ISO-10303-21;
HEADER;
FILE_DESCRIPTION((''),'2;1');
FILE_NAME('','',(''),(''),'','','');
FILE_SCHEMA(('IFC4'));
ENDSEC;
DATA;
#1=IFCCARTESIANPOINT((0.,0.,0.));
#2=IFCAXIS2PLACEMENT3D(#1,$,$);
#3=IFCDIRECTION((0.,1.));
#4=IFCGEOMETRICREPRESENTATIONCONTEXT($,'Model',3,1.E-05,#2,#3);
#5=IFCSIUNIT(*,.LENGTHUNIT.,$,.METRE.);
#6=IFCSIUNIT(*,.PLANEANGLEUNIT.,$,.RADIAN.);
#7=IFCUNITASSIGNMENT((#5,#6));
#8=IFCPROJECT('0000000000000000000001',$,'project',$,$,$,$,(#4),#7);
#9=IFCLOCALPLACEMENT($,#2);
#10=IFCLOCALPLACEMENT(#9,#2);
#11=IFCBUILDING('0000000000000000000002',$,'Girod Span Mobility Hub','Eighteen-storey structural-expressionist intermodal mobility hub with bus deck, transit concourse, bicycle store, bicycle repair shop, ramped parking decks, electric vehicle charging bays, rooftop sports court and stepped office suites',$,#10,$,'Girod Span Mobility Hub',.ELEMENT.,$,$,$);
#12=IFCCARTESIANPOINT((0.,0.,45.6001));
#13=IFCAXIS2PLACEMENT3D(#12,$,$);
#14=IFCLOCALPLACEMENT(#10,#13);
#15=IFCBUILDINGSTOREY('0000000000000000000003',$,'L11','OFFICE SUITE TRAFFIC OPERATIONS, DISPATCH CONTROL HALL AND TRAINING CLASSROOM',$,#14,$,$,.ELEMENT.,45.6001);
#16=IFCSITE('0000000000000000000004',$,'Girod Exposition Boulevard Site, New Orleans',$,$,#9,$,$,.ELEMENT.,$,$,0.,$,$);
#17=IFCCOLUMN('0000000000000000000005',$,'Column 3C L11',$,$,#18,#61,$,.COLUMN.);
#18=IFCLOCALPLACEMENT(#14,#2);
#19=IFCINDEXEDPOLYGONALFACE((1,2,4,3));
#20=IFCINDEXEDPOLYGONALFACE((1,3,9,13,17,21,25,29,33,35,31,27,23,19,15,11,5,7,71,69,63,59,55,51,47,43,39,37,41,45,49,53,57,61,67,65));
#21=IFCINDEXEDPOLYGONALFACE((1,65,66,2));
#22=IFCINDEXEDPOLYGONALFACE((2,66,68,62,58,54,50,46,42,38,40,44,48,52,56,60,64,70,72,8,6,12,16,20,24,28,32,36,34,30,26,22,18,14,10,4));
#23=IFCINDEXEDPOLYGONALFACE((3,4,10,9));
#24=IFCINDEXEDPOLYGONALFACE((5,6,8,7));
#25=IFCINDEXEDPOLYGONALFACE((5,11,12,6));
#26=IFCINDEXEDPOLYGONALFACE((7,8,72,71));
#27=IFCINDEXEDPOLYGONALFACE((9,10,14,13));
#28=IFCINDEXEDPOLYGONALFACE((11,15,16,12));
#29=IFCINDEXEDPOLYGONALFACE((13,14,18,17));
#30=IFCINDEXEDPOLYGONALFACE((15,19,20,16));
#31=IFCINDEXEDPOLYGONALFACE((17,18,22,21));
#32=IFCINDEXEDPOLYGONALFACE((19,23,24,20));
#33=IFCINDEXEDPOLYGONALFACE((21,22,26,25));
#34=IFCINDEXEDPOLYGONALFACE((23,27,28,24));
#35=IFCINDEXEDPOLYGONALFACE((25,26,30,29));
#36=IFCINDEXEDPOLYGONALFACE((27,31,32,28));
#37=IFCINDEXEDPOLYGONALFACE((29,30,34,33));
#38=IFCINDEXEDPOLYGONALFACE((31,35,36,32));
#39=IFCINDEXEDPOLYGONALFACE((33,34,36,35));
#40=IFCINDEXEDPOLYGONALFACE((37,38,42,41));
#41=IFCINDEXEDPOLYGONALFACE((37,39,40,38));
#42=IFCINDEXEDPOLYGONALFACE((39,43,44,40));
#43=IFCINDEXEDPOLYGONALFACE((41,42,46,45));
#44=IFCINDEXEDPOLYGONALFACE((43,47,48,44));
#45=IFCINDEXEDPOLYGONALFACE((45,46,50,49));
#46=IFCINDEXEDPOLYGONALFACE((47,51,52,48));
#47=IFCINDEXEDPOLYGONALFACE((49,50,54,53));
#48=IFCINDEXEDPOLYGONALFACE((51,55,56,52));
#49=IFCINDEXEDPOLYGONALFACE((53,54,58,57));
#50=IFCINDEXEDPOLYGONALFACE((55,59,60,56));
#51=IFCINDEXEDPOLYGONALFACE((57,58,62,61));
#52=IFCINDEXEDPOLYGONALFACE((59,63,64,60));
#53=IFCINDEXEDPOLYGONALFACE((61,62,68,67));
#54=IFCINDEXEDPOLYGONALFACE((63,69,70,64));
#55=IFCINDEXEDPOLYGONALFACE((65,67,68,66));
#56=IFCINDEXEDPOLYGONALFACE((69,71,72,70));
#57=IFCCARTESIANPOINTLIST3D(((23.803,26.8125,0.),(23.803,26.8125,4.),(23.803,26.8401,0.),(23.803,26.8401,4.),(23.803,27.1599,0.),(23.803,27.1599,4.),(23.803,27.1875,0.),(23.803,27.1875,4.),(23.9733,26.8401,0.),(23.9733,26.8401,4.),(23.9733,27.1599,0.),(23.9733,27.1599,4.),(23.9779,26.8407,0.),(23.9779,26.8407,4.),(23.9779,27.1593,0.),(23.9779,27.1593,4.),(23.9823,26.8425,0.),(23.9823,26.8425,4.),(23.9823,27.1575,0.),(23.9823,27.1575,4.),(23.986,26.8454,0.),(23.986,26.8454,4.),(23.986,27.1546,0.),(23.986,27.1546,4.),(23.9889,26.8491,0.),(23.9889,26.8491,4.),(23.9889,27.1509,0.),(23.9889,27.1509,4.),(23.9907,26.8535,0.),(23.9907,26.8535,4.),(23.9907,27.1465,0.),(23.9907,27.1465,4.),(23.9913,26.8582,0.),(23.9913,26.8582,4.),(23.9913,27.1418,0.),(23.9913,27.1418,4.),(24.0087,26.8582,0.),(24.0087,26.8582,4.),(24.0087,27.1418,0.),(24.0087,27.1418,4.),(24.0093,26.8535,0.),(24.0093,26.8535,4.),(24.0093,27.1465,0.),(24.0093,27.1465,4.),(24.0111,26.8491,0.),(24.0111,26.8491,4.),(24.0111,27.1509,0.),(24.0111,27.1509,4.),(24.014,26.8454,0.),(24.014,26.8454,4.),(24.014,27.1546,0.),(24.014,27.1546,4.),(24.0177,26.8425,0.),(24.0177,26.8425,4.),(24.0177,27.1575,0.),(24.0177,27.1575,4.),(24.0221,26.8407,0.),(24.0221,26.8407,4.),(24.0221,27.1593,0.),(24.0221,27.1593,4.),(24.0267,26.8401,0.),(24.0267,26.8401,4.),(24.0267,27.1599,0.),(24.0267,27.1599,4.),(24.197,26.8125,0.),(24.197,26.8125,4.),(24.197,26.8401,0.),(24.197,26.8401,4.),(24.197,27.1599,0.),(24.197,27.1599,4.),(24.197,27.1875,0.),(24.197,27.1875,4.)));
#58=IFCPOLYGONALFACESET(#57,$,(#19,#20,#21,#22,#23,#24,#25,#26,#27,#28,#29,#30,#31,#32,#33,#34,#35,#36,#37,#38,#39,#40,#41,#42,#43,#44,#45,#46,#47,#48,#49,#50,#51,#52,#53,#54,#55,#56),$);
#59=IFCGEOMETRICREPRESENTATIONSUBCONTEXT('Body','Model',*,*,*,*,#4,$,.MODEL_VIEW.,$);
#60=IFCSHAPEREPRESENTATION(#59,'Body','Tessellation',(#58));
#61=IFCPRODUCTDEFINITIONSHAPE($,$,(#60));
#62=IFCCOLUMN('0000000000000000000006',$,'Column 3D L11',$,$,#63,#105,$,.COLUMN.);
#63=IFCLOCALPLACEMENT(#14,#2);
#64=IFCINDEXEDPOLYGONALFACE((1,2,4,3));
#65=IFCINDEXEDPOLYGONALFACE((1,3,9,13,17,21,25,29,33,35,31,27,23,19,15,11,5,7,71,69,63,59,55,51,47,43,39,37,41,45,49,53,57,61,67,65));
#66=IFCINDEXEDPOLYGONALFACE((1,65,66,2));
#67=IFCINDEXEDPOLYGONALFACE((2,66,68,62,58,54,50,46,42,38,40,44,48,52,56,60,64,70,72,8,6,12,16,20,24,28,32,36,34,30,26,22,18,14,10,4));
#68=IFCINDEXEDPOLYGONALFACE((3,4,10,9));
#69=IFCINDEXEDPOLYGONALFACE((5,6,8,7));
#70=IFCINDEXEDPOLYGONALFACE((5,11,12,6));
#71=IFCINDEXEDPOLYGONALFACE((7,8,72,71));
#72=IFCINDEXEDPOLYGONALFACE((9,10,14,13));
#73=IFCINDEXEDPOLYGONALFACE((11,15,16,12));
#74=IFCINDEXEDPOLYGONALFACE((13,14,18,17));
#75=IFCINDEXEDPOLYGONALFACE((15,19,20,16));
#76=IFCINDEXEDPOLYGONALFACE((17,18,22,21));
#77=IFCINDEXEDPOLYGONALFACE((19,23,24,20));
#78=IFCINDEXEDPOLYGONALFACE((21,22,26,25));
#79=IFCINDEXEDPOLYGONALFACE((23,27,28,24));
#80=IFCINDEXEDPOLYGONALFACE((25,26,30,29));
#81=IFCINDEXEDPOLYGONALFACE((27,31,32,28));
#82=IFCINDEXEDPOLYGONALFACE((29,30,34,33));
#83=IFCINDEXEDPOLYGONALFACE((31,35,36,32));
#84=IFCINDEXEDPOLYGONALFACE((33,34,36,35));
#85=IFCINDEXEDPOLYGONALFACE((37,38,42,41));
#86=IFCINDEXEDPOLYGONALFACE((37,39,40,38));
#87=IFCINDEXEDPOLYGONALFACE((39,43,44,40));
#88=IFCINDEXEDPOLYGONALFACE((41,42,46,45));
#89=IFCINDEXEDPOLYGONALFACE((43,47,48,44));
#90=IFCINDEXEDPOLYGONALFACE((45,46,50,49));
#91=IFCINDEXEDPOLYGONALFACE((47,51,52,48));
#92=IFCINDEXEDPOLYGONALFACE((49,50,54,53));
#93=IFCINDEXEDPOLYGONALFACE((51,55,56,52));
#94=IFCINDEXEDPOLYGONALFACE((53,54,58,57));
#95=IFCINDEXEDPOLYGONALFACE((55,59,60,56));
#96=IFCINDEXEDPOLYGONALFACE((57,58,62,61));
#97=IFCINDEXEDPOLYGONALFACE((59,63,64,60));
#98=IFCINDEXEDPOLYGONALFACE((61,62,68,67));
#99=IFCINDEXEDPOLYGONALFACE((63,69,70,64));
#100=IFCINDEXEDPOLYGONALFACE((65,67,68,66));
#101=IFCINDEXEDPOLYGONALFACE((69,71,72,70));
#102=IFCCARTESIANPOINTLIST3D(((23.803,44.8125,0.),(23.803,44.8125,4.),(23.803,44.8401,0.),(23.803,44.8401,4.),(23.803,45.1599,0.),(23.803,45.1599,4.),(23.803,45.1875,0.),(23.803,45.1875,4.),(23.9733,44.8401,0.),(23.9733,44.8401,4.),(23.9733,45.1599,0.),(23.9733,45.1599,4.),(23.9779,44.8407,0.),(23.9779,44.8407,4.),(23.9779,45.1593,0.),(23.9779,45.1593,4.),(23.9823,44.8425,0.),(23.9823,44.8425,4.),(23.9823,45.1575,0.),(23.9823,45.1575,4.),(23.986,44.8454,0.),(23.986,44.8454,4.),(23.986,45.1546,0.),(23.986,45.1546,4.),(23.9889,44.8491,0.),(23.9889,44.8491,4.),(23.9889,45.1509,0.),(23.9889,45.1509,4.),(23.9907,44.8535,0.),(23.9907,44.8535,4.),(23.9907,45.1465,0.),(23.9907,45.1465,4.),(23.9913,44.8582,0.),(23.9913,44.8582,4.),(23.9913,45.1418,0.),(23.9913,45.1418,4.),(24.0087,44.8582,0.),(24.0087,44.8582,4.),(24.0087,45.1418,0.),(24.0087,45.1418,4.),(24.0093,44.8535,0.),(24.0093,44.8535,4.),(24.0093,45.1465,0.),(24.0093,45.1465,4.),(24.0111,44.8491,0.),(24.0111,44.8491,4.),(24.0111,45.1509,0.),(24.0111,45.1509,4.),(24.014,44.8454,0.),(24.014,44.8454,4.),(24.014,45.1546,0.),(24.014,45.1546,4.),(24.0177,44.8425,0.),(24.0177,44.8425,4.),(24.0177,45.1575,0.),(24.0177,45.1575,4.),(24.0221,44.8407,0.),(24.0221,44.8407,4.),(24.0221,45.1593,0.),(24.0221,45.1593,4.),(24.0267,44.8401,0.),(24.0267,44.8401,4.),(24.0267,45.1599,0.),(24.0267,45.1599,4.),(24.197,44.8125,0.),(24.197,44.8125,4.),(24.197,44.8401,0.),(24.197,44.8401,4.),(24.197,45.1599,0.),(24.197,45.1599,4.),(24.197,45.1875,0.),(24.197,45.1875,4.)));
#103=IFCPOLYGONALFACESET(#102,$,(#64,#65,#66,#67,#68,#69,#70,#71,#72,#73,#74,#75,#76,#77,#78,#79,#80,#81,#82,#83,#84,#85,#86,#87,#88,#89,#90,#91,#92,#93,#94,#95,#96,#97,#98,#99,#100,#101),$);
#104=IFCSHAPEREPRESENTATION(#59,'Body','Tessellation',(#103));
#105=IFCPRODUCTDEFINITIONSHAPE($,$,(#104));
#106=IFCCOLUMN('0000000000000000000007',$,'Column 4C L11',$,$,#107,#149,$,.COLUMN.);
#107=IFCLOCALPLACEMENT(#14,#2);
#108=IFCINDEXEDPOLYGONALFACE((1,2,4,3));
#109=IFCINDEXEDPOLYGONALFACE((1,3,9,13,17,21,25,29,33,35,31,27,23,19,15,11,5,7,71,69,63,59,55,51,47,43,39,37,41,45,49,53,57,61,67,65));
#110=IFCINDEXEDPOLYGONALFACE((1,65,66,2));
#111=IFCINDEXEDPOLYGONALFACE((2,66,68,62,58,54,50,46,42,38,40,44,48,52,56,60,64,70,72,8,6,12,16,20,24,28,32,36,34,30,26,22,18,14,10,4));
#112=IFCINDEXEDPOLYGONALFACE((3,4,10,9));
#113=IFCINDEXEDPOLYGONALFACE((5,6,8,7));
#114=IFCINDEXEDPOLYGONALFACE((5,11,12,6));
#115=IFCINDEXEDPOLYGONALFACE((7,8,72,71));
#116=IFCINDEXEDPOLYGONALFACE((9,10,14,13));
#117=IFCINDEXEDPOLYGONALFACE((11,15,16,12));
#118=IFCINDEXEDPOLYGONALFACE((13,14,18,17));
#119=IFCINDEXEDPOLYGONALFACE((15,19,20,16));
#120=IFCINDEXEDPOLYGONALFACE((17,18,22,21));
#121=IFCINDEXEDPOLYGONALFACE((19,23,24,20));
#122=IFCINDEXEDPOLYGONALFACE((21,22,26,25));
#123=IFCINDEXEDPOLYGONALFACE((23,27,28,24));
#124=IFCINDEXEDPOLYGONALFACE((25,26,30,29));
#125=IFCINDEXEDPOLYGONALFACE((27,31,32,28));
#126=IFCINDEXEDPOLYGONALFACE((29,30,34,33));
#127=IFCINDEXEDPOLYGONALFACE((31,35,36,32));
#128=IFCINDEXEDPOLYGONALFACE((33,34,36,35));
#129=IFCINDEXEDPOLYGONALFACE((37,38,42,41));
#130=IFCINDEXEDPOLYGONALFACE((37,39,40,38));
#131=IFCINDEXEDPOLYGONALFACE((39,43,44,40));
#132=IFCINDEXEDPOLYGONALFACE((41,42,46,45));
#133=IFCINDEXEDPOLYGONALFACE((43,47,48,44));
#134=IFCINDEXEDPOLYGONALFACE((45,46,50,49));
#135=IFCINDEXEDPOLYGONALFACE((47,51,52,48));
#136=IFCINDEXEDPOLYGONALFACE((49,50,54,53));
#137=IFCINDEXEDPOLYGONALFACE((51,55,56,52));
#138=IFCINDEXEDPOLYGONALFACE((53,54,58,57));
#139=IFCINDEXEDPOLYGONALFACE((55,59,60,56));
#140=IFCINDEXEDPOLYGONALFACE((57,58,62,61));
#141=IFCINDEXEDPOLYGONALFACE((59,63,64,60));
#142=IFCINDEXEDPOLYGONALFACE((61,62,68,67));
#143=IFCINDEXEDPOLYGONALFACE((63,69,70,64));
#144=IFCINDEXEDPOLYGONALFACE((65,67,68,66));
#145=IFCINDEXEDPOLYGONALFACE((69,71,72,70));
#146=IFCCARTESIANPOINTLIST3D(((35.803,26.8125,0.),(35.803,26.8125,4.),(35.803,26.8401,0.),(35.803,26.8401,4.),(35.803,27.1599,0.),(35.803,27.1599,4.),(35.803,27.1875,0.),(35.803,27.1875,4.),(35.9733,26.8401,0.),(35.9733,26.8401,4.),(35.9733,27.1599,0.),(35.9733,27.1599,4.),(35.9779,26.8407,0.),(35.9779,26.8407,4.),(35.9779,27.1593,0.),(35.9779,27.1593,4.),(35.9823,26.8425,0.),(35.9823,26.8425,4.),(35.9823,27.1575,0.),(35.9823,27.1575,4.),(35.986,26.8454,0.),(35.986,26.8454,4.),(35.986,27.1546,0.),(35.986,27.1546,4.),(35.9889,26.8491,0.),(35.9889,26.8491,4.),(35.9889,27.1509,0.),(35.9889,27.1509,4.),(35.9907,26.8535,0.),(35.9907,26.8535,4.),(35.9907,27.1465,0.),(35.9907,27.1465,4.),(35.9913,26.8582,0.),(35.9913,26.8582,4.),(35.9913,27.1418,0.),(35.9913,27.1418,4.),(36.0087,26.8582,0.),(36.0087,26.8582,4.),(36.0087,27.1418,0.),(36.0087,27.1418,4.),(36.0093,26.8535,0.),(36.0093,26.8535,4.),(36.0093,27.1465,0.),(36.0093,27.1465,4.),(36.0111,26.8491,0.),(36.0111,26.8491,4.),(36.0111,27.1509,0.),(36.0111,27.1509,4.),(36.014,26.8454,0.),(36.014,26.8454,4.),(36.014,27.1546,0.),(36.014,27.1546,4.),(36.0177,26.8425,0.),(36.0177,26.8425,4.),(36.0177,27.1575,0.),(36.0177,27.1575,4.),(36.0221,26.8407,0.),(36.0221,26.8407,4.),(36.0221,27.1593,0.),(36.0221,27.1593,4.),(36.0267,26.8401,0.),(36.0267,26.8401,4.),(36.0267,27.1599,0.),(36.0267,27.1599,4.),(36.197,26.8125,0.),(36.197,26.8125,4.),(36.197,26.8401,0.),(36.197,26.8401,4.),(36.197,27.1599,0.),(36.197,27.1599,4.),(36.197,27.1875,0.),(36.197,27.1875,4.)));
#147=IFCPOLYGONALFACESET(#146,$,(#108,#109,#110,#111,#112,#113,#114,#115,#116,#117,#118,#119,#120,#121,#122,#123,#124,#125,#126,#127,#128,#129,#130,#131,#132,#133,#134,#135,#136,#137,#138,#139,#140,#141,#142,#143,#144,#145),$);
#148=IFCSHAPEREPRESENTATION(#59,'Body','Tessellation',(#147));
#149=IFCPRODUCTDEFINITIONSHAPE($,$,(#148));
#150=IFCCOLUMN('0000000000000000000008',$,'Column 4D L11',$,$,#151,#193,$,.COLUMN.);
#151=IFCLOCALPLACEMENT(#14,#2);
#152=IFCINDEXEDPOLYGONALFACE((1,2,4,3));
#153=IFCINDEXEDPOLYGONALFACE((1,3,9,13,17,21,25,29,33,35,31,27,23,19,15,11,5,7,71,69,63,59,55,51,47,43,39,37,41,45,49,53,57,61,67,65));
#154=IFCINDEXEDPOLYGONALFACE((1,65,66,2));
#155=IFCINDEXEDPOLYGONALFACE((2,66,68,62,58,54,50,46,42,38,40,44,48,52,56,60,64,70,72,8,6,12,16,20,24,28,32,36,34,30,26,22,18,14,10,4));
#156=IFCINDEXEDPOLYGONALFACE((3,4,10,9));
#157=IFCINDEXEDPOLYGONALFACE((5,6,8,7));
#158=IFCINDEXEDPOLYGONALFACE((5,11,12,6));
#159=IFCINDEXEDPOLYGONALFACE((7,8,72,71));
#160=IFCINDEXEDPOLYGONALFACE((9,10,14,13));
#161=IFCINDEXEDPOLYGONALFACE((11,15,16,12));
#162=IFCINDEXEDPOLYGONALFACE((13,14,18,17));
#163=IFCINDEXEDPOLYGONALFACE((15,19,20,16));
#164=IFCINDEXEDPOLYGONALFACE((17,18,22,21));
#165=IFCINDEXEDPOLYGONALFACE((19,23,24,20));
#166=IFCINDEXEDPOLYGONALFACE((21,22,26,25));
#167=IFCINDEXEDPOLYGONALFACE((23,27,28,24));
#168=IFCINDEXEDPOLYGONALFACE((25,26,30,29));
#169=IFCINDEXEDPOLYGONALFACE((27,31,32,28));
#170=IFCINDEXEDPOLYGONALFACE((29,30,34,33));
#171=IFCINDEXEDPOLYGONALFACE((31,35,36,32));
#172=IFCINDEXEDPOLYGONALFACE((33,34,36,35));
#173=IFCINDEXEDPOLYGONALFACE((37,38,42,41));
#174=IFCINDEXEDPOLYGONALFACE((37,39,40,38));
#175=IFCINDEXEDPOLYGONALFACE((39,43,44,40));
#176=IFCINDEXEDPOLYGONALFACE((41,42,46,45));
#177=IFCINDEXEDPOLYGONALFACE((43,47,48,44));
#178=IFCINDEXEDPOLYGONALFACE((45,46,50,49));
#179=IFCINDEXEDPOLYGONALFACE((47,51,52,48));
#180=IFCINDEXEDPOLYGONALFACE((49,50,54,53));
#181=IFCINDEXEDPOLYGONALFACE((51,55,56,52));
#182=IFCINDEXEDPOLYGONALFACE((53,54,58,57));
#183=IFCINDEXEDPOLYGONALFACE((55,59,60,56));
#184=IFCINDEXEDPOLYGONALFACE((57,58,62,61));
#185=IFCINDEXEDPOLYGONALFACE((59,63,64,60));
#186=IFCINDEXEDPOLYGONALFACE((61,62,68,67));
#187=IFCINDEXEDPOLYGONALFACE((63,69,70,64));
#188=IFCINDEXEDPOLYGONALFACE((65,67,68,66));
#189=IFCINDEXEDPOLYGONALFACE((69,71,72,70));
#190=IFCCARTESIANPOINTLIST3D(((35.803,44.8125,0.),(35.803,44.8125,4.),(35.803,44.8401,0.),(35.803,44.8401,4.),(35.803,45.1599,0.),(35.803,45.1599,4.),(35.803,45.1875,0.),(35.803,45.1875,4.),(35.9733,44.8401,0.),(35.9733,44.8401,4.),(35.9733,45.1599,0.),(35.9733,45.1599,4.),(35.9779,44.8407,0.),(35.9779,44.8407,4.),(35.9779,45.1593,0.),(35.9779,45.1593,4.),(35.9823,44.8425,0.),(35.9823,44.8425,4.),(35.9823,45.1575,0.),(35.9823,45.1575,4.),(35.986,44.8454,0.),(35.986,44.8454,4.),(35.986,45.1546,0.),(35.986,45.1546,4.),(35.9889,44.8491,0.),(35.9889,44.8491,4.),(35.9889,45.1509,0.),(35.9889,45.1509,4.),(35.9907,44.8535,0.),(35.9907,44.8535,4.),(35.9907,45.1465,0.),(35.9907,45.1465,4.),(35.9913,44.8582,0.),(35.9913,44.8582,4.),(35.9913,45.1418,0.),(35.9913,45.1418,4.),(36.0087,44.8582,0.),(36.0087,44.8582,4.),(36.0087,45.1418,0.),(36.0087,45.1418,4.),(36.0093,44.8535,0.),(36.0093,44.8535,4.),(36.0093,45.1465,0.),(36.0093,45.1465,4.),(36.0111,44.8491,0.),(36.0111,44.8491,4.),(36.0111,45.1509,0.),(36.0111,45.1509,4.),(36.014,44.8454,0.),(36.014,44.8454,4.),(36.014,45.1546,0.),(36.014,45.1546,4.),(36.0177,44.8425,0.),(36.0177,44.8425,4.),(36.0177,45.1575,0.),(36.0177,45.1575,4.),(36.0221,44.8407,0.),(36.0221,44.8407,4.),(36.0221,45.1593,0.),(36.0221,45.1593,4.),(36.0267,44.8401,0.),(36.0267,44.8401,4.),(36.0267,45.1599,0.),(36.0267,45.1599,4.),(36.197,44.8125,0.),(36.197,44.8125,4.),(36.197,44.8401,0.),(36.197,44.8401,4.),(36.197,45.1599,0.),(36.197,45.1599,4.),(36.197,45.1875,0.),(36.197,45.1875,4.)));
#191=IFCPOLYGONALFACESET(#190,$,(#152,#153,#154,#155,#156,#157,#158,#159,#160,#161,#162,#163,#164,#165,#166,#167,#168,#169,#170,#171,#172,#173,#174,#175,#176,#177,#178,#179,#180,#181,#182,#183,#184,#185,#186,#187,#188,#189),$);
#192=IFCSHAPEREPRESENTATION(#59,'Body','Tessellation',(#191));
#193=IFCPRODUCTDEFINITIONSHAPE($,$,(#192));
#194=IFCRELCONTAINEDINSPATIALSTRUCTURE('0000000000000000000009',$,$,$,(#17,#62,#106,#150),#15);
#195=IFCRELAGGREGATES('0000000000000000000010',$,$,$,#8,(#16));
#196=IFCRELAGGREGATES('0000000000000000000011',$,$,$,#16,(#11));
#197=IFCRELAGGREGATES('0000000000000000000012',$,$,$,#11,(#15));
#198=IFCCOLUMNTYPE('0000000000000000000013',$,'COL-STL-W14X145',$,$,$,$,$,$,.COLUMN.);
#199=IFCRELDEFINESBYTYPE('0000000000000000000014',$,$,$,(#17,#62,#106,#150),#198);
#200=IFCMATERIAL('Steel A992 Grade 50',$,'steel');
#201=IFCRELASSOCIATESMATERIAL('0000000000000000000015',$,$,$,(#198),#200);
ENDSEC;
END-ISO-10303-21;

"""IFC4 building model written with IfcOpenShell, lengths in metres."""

from ifc_helpers import new_model, si_unit, direction, frame, origin, origin_2d, place, context, subcontext, project, spatial, i_section, extrude, material, material_profile, profile_set, type_object, element, save


model = new_model("IFC4")

# Units and contexts
model_context = context("Model", 3, precision=1e-05, world=origin(), true_north=direction((0.0, 1.0)))
body_context = subcontext(model_context, "Body", "Model", "MODEL_VIEW")
ifc_project = project(units=[si_unit("LENGTHUNIT", "METRE"), si_unit("PLANEANGLEUNIT", "RADIAN")], contexts=[model_context])

# Site, building, storey
site_placement = place(None, origin())
site = spatial("IfcSite", under=ifc_project, at=site_placement, Name="Girod Exposition Boulevard Site, New Orleans", CompositionType="ELEMENT", RefElevation=0.0)
building_placement = place(site_placement, origin())
building = spatial("IfcBuilding", under=site, at=building_placement, Name="Girod Span Mobility Hub", Description="Eighteen-storey structural-expressionist intermodal mobility hub with bus deck, transit concourse, bicycle store, bicycle repair shop, ramped parking decks, electric vehicle charging bays, rooftop sports court and stepped office suites", LongName="Girod Span Mobility Hub", CompositionType="ELEMENT")
storey_placement = place(building_placement, frame((0.0, 0.0, 45.6001)))
storey = spatial("IfcBuildingStorey", under=building, at=storey_placement, Name="L11", Description="OFFICE SUITE TRAFFIC OPERATIONS, DISPATCH CONTROL HALL AND TRAINING CLASSROOM", CompositionType="ELEMENT", Elevation=45.6001)

# Columns
ifc_material_1 = material(Name="Steel A992 Grade 50", Category="steel")
ifc_material_profile_1 = material_profile(ifc_material_1, i_section(OverallWidth=0.394, OverallDepth=0.375, WebThickness=0.0173, FlangeThickness=0.0276, FilletRadius=0.0181, at=origin_2d()), Name="W14X145")
ifc_profile_set_1 = profile_set([ifc_material_profile_1], Name="Steel A992 Grade 50")
column_type = type_object("IfcColumnType", Name="COL-STL-W14X145", PredefinedType="COLUMN", material=ifc_profile_set_1)
for number, where, z_axis, x_axis, name in (
    (1, (24.0, 27.0, 0.0), (0.0, 0.0, 1.0), (1.0, 0.0, 0.0), "Column 3C L11"),
    (2, (24.0, 45.0, 0.0), (0.0, 0.0, 1.0), (1.0, 0.0, 0.0), "Column 3D L11"),
    (3, (36.0, 27.0, 0.0), (0.0, 0.0, 1.0), (1.0, 0.0, 0.0), "Column 4C L11"),
    (4, (36.0, 45.0, 0.0), (0.0, 0.0, 1.0), (1.0, 0.0, 0.0), "Column 4D L11"),
):
    element("IfcColumn", number, at=place(storey_placement, frame(where, z_axis=z_axis, x_axis=x_axis)), inside=storey, type_object=column_type, Name=name, PredefinedType="COLUMN", context=body_context, shape_type="SweptSolid", body=[
        extrude(i_section(OverallWidth=0.394, OverallDepth=0.375, WebThickness=0.0173, FlangeThickness=0.0276, FilletRadius=0.0181, at=origin_2d()), origin(), (0.0, 0.0, 1.0), 4.0),
    ])

save(model, "model.ifc")
